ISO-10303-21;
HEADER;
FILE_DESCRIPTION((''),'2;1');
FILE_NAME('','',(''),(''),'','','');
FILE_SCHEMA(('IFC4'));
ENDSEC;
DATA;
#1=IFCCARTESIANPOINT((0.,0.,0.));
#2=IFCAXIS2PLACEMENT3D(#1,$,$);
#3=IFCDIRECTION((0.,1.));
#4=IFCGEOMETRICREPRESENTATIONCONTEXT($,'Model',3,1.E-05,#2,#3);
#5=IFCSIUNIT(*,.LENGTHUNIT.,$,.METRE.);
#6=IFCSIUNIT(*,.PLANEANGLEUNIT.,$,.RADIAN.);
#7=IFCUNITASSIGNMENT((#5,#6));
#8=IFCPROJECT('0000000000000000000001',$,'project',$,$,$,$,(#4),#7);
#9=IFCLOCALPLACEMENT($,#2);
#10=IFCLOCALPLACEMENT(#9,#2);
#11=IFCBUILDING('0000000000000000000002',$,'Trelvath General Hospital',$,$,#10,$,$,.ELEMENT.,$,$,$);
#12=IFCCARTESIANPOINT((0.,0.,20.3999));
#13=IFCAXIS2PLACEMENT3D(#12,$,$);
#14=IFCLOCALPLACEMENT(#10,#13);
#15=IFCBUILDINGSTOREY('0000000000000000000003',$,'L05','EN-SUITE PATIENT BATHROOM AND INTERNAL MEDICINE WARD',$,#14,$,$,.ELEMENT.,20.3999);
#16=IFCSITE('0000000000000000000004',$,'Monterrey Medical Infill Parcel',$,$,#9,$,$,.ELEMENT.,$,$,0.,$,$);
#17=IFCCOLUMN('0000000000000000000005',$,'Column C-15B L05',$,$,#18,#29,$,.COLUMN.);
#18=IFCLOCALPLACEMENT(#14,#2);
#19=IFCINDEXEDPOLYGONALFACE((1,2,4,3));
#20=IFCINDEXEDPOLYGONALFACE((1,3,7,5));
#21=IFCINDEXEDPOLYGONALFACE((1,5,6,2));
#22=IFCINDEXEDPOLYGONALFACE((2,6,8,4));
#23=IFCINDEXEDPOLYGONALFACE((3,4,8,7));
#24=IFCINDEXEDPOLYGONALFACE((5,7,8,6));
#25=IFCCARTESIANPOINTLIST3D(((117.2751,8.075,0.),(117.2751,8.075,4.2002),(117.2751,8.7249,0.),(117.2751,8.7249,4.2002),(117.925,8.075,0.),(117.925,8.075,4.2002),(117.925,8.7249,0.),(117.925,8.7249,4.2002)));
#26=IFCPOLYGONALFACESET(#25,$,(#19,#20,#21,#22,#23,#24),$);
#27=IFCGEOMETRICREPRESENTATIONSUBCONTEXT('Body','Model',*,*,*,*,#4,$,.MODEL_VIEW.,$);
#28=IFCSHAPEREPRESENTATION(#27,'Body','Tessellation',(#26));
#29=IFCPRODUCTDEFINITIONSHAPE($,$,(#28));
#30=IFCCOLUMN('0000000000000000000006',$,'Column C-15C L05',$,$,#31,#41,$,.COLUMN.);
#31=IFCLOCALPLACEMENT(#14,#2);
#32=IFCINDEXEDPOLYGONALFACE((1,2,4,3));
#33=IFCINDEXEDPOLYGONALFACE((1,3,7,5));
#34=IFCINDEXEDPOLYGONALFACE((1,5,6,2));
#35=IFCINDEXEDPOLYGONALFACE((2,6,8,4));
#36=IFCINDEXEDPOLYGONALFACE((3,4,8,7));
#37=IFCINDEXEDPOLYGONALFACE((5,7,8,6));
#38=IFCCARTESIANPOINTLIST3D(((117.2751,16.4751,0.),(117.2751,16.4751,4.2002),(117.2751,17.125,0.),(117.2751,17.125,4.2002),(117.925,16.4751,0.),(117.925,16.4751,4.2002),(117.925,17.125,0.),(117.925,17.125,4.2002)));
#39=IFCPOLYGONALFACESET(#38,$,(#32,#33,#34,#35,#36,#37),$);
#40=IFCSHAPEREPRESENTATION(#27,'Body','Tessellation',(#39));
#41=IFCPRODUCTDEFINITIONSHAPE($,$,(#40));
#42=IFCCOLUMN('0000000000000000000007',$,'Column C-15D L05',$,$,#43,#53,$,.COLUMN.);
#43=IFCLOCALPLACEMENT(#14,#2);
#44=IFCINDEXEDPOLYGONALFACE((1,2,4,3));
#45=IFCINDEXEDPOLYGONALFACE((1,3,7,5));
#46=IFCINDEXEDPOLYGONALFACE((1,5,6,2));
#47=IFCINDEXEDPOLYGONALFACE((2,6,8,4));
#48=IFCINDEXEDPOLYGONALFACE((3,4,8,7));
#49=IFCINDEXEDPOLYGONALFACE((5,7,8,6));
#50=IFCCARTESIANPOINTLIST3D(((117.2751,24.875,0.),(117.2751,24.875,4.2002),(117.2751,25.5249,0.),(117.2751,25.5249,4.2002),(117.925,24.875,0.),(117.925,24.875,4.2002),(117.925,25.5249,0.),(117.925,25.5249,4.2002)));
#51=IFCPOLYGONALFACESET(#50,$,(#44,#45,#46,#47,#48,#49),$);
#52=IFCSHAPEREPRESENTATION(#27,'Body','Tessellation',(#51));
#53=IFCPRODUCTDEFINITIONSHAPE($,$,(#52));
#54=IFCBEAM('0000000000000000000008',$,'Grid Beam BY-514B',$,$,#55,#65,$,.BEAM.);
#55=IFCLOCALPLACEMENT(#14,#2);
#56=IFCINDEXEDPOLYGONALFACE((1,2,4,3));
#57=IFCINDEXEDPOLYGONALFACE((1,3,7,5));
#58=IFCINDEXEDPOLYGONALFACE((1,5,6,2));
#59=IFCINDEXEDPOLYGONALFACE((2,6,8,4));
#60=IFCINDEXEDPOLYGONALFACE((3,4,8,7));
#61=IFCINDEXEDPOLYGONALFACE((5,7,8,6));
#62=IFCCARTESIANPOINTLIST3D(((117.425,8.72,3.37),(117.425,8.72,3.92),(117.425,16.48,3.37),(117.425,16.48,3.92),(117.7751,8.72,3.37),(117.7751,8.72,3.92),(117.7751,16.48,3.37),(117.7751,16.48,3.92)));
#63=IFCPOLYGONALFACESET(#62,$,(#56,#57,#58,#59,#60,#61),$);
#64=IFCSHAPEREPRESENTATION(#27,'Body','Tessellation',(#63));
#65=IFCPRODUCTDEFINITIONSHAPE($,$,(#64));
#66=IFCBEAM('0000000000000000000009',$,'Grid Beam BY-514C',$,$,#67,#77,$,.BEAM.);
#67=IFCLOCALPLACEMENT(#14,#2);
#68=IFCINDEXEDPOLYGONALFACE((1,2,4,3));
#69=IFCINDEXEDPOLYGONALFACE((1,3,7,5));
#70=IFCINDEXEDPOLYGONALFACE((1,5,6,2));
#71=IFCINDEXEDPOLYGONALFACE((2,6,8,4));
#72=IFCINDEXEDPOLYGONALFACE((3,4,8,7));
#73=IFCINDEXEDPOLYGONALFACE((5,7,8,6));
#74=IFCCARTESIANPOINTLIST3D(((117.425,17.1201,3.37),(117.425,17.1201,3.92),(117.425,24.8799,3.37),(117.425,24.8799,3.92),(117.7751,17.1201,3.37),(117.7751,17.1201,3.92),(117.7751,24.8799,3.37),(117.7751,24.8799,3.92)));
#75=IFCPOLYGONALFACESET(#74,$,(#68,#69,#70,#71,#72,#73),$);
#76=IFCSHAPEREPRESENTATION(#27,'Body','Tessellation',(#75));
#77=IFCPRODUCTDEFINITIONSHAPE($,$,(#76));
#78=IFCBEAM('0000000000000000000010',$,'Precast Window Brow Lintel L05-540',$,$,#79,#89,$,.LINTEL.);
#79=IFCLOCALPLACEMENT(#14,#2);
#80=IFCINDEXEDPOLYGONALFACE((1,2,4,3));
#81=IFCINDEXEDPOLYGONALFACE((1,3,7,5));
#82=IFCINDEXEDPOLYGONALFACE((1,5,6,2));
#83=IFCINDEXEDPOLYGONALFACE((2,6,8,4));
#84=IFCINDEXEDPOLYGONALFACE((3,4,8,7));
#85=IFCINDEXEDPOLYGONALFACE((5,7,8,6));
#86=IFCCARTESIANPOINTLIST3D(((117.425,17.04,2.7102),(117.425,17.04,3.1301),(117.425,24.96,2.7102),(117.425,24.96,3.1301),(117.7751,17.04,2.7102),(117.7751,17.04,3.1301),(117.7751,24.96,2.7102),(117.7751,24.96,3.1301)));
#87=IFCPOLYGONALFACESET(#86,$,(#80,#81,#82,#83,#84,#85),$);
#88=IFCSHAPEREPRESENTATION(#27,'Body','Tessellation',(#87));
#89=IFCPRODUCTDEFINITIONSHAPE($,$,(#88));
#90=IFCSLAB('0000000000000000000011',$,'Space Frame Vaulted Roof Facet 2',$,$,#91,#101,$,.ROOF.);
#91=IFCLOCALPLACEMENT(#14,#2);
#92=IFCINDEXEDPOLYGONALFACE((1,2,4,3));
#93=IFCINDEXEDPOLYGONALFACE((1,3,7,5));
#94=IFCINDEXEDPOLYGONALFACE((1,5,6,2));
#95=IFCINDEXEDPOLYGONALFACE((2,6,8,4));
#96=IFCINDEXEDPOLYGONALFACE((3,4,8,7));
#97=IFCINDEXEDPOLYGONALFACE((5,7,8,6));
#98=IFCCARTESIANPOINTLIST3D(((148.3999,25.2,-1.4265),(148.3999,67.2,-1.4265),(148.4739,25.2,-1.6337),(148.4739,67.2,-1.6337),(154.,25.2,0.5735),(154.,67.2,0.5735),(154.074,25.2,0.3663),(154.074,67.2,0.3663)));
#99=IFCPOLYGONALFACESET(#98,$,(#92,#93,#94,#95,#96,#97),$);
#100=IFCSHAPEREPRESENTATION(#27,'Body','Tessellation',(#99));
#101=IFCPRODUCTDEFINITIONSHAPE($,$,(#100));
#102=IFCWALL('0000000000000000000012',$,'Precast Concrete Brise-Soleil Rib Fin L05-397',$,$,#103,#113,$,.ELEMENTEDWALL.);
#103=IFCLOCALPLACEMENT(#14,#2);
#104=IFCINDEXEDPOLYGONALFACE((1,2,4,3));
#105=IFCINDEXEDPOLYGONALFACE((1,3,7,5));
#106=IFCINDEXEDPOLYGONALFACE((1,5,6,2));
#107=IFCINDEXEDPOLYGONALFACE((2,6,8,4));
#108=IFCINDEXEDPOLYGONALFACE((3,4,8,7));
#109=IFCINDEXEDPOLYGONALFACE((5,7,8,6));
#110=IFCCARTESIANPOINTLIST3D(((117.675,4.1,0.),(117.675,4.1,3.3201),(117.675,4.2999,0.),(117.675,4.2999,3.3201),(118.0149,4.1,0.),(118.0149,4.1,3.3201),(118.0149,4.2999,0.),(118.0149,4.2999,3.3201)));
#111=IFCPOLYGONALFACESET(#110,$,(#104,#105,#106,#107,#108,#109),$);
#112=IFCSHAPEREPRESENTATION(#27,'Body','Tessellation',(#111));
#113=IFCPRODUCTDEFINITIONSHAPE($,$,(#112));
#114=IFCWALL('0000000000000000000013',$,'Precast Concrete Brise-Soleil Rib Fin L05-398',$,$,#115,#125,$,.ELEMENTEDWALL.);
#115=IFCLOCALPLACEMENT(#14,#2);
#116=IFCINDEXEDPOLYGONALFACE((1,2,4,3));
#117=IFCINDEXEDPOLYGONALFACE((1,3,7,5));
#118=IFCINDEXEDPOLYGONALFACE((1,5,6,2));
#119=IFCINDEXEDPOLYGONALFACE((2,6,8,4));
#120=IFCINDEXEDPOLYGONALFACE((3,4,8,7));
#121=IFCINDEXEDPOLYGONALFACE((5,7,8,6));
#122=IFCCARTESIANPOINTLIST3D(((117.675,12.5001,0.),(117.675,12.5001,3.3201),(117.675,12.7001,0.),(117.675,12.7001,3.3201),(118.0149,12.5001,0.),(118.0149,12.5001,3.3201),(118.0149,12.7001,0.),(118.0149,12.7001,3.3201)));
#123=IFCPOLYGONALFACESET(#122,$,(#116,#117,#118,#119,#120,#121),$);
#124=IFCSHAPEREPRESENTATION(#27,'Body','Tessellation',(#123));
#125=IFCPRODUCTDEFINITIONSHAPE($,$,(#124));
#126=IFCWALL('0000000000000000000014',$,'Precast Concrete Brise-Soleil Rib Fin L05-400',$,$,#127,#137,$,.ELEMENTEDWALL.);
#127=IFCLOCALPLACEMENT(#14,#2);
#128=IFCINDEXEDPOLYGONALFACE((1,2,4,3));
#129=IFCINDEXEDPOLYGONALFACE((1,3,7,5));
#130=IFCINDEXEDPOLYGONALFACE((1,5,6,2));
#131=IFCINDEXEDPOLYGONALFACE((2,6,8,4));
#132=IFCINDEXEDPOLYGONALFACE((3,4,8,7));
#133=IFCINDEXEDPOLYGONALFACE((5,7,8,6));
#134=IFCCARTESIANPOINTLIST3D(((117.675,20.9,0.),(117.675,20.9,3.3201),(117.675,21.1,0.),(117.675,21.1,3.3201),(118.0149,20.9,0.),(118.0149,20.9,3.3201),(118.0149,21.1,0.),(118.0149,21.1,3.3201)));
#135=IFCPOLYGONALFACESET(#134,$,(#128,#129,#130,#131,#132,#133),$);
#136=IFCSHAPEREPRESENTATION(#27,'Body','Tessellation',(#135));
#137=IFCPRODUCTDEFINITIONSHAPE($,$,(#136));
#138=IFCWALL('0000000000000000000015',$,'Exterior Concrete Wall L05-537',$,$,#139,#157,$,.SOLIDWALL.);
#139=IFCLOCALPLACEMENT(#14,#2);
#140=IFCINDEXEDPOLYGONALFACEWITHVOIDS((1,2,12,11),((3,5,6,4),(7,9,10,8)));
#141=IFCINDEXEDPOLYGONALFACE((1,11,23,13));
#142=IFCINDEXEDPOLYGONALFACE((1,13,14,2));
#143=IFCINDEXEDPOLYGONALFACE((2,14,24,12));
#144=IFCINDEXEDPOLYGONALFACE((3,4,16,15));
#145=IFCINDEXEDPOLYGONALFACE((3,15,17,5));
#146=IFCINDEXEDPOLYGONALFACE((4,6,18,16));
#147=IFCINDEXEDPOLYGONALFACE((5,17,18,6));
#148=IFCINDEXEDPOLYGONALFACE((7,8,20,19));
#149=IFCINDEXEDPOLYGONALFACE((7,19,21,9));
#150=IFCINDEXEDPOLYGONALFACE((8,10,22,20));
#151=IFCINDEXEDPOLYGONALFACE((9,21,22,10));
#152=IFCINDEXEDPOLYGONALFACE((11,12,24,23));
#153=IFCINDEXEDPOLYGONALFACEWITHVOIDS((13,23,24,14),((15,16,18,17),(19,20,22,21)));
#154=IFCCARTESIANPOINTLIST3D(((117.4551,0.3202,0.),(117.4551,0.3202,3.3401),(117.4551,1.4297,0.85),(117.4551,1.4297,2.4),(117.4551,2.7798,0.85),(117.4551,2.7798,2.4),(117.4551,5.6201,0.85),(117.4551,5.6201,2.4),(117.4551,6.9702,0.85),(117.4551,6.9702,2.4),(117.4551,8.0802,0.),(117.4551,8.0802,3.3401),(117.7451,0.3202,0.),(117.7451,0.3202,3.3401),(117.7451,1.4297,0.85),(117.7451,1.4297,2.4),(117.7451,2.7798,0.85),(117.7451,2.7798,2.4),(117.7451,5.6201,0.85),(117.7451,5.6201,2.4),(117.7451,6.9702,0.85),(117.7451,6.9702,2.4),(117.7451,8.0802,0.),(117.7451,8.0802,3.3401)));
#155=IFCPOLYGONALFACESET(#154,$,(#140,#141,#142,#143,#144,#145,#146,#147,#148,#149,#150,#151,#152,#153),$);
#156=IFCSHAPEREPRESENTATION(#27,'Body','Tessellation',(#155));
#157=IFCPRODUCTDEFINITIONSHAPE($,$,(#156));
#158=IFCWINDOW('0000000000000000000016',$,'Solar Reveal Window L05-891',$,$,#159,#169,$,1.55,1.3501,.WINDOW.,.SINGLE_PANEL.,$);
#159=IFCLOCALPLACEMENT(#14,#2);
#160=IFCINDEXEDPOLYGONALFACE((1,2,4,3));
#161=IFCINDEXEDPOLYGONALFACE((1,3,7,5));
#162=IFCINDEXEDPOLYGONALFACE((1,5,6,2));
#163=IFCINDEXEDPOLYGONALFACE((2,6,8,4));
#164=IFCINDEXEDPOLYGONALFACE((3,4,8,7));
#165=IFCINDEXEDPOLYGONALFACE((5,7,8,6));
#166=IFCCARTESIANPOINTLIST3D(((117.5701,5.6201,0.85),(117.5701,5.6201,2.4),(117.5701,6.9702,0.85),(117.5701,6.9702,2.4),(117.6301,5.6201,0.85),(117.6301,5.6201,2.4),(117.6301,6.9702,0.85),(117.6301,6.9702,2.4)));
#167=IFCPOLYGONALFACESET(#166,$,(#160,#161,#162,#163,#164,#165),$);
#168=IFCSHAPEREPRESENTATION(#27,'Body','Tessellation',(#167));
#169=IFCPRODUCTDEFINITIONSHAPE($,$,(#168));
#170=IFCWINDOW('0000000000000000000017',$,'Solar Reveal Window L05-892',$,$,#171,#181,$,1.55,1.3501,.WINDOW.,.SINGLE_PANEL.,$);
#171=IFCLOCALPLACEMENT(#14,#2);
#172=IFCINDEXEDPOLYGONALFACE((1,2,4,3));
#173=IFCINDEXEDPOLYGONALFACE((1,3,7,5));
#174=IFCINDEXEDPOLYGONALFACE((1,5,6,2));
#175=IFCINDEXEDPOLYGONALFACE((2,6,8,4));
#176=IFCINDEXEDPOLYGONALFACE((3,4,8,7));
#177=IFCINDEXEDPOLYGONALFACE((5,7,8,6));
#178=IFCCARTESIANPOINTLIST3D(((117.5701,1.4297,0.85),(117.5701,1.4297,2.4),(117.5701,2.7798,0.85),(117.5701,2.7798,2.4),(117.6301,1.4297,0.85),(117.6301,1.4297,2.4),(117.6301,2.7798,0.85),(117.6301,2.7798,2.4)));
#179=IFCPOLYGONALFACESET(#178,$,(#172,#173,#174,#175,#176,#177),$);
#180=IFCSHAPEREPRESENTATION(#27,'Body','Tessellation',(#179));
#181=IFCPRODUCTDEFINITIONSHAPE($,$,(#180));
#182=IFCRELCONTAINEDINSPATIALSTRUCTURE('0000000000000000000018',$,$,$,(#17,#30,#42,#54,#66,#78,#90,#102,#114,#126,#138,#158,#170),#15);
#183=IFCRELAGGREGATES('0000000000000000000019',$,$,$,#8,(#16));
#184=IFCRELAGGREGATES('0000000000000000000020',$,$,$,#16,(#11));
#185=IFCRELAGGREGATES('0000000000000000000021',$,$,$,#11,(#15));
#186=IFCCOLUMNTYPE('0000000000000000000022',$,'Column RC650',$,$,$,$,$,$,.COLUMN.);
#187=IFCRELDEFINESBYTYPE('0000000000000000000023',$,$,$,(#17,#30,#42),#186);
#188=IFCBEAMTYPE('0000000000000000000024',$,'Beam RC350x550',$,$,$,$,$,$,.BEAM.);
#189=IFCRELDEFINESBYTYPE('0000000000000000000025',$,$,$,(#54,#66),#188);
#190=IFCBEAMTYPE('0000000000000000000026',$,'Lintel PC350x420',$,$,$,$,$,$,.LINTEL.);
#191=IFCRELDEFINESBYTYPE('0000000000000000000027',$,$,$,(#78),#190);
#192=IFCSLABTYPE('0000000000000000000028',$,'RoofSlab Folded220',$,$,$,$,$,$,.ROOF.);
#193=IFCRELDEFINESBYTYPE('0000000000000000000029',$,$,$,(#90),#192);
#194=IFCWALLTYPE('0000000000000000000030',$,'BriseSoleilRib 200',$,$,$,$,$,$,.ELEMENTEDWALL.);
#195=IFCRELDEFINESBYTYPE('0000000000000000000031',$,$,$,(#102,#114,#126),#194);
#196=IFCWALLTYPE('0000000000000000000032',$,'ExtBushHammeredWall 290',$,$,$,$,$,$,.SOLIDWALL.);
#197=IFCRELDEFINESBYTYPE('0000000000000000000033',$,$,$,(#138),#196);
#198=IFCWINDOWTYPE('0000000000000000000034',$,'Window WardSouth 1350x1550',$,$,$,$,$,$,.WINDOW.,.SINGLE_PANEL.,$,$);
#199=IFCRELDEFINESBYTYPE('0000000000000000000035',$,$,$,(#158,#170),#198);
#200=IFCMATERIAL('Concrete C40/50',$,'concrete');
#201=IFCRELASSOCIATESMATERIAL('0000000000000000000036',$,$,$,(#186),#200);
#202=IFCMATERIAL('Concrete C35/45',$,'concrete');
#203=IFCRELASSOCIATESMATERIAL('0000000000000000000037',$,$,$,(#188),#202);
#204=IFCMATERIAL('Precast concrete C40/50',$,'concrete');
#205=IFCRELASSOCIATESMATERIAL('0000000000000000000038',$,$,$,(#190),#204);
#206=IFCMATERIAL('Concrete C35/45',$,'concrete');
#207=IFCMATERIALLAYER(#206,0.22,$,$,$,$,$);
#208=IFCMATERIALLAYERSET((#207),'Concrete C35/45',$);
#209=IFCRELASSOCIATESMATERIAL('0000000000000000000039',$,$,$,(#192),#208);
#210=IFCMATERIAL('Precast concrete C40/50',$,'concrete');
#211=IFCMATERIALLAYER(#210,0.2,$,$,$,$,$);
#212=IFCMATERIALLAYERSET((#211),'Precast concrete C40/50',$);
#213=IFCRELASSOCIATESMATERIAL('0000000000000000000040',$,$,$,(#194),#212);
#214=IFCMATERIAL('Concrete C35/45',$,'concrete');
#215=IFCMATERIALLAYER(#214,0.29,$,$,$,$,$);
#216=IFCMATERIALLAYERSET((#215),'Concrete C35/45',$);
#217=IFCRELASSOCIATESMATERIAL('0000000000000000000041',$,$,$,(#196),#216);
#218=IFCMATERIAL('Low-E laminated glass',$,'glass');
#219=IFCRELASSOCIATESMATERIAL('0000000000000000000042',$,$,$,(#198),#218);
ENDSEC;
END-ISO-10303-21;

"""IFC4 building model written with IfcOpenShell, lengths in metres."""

from ifc_helpers import new_model, si_unit, direction, frame, frame_2d, origin, origin_2d, place, context, subcontext, project, spatial, polyline, rectangle, outline, extrude, material, layer, layer_set, material_profile, profile_set, type_object, element, fill, save


model = new_model("IFC4")

# Units and contexts
model_context = context("Model", 3, precision=1e-05, world=origin(), true_north=direction((0.0, 1.0)))
body_context = subcontext(model_context, "Body", "Model", "MODEL_VIEW")
ifc_project = project(units=[si_unit("LENGTHUNIT", "METRE"), si_unit("PLANEANGLEUNIT", "RADIAN")], contexts=[model_context])

# Site, building, storey
site_placement = place(None, origin())
site = spatial("IfcSite", under=ifc_project, at=site_placement, Name="Monterrey Medical Infill Parcel", CompositionType="ELEMENT", RefElevation=0.0)
building_placement = place(site_placement, origin())
building = spatial("IfcBuilding", under=site, at=building_placement, Name="Trelvath General Hospital", CompositionType="ELEMENT")
storey_placement = place(building_placement, frame((0.0, 0.0, 20.3999)))
storey = spatial("IfcBuildingStorey", under=building, at=storey_placement, Name="L05", Description="EN-SUITE PATIENT BATHROOM AND INTERNAL MEDICINE WARD", CompositionType="ELEMENT", Elevation=20.3999)

# Columns
ifc_material_1 = material(Name="Concrete C40/50", Category="concrete")
ifc_material_profile_1 = material_profile(ifc_material_1, rectangle(XDim=0.6499, YDim=0.6499, at=origin_2d()), Name="RC650x650")
ifc_profile_set_1 = profile_set([ifc_material_profile_1], Name="Concrete C40/50")
column_type = type_object("IfcColumnType", Name="Column RC650", PredefinedType="COLUMN", material=ifc_profile_set_1)
for number, where, z_axis, x_axis, name in (
    (1, (117.6001, 8.3999, 0.0), (0.0, 0.0, 1.0), (1.0, 0.0, 0.0), "Column C-15B L05"),
    (2, (117.6001, 16.8, 0.0), (0.0, 0.0, 1.0), (1.0, 0.0, 0.0), "Column C-15C L05"),
    (3, (117.6001, 25.2, 0.0), (0.0, 0.0, 1.0), (1.0, 0.0, 0.0), "Column C-15D L05"),
):
    element("IfcColumn", number, at=place(storey_placement, frame(where, z_axis=z_axis, x_axis=x_axis)), inside=storey, type_object=column_type, Name=name, PredefinedType="COLUMN", context=body_context, shape_type="SweptSolid", body=[
        extrude(rectangle(XDim=0.6499, YDim=0.6499, at=origin_2d()), origin(), (0.0, 0.0, 1.0), 4.2002),
    ])

# Beams
ifc_material_2 = material(Name="Concrete C35/45", Category="concrete")
ifc_material_profile_2 = material_profile(ifc_material_2, rectangle(XDim=0.3501, YDim=0.55, at=origin_2d()), Name="RCB350x550")
ifc_profile_set_2 = profile_set([ifc_material_profile_2], Name="Concrete C35/45")
beam_type_1 = type_object("IfcBeamType", Name="Beam RC350x550", PredefinedType="BEAM", material=ifc_profile_set_2)
beam_1_placement = place(storey_placement, frame((117.6001, 8.72, 3.645), z_axis=(0.0, 1.0, 0.0), x_axis=(-1.0, 0.0, 0.0)))
element("IfcBeam", 4, at=beam_1_placement, inside=storey, type_object=beam_type_1, Name="Grid Beam BY-514B", PredefinedType="BEAM", context=body_context, shape_type="SweptSolid", body=[
    extrude(rectangle(XDim=0.3501, YDim=0.55, at=origin_2d()), origin(), (0.0, 0.0, 1.0), 7.76),
])
beam_2_placement = place(storey_placement, frame((117.6001, 17.1201, 3.645), z_axis=(0.0, 1.0, 0.0), x_axis=(-1.0, 0.0, 0.0)))
element("IfcBeam", 5, at=beam_2_placement, inside=storey, type_object=beam_type_1, Name="Grid Beam BY-514C", PredefinedType="BEAM", context=body_context, shape_type="SweptSolid", body=[
    extrude(rectangle(XDim=0.3501, YDim=0.55, at=origin_2d()), origin(), (0.0, 0.0, 1.0), 7.7598),
])
ifc_material_3 = material(Name="Precast concrete C40/50", Category="concrete")
ifc_material_profile_3 = material_profile(ifc_material_3, rectangle(XDim=0.3501, YDim=0.4199, at=origin_2d()), Name="PCL350x420")
ifc_profile_set_3 = profile_set([ifc_material_profile_3], Name="Precast concrete C40/50")
beam_type_2 = type_object("IfcBeamType", Name="Lintel PC350x420", PredefinedType="LINTEL", material=ifc_profile_set_3)
beam_3_placement = place(storey_placement, frame((117.6001, 24.96, 2.9202), z_axis=(0.0, -1.0, 0.0), x_axis=(1.0, 0.0, 0.0)))
element("IfcBeam", 6, at=beam_3_placement, inside=storey, type_object=beam_type_2, Name="Precast Window Brow Lintel L05-540", PredefinedType="LINTEL", context=body_context, shape_type="SweptSolid", body=[
    extrude(rectangle(XDim=0.3501, YDim=0.4199, at=origin_2d()), origin(), (0.0, 0.0, 1.0), 7.9199),
])

# Slab
ifc_material_4 = material(Name="Concrete C35/45", Category="concrete")
ifc_layer_1 = layer(ifc_material_4, 0.22)
ifc_layer_set_1 = layer_set([ifc_layer_1], Name="Concrete C35/45")
slab_type = type_object("IfcSlabType", Name="RoofSlab Folded220", PredefinedType="ROOF", material=ifc_layer_set_1)
slab_placement = place(storey_placement, frame((148.3999, 25.2, -1.4265), z_axis=(-0.336331, 0.0, 0.941744), x_axis=(0.941744, 0.0, 0.336331)))
element("IfcSlab", 7, at=slab_placement, inside=storey, type_object=slab_type, Name="Space Frame Vaulted Roof Facet 2", PredefinedType="ROOF", context=body_context, shape_type="SweptSolid", body=[
    extrude(outline(polyline([(0.0, 0.0), (5.9465, 0.0), (5.9465, 42.0), (0.0, 42.0), (0.0, 0.0)])), origin(), (0.0, 0.0, -1.0), 0.22),
])

# Walls
ifc_material_5 = material(Name="Precast concrete C40/50", Category="concrete")
ifc_layer_2 = layer(ifc_material_5, 0.2)
ifc_layer_set_2 = layer_set([ifc_layer_2], Name="Precast concrete C40/50")
wall_type_1 = type_object("IfcWallType", Name="BriseSoleilRib 200", PredefinedType="ELEMENTEDWALL", material=ifc_layer_set_2)
for number, where, z_axis, x_axis, name in (
    (8, (117.675, 4.2, 0.0), (0.0, 0.0, 1.0), (1.0, 0.0, 0.0), "Precast Concrete Brise-Soleil Rib Fin L05-397"),
    (9, (117.675, 12.6001, 0.0), (0.0, 0.0, 1.0), (1.0, 0.0, 0.0), "Precast Concrete Brise-Soleil Rib Fin L05-398"),
    (10, (117.675, 21.0, 0.0), (0.0, 0.0, 1.0), (1.0, 0.0, 0.0), "Precast Concrete Brise-Soleil Rib Fin L05-400"),
):
    element("IfcWall", number, at=place(storey_placement, frame(where, z_axis=z_axis, x_axis=x_axis)), inside=storey, type_object=wall_type_1, Name=name, PredefinedType="ELEMENTEDWALL", context=body_context, shape_type="SweptSolid", body=[
        extrude(rectangle(XDim=0.3398, YDim=0.2, at=frame_2d((0.1699, 0.0))), origin(), (0.0, 0.0, 1.0), 3.3201),
    ])

# Wall, openings, windows
ifc_material_6 = material(Name="Concrete C35/45", Category="concrete")
ifc_layer_3 = layer(ifc_material_6, 0.29)
ifc_layer_set_3 = layer_set([ifc_layer_3], Name="Concrete C35/45")
wall_type_2 = type_object("IfcWallType", Name="ExtBushHammeredWall 290", PredefinedType="SOLIDWALL", material=ifc_layer_set_3)
wall_1_placement = place(storey_placement, frame((117.6001, 8.0801, 0.0), z_axis=(0.0, 0.0, 1.0), x_axis=(0.0, -1.0, 0.0)))
wall_1 = element("IfcWall", 11, at=wall_1_placement, inside=storey, type_object=wall_type_2, Name="Exterior Concrete Wall L05-537", PredefinedType="SOLIDWALL", context=body_context, shape_type="SweptSolid", body=[
    extrude(rectangle(XDim=7.76, YDim=0.29, at=frame_2d((3.8799, 0.0))), origin(), (0.0, 0.0, 1.0), 3.3401),
])
opening_1_placement = place(wall_1_placement, frame((1.1099, 0.0, 0.8501)))
opening_1 = element("IfcOpeningElement", 12, at=opening_1_placement, cuts=wall_1, PredefinedType="OPENING", context=body_context, shape_type="SweptSolid", body=[
    extrude(rectangle(XDim=1.3501, YDim=1.55, at=frame_2d((0.675, 0.7749))), frame((0.0, 0.155, 0.0), z_axis=(0.0, -1.0, 0.0), x_axis=(1.0, 0.0, 0.0)), (0.0, 0.0, 1.0), 0.3101),
])
opening_2_placement = place(wall_1_placement, frame((5.3003, 0.0, 0.8501)))
opening_2 = element("IfcOpeningElement", 13, at=opening_2_placement, cuts=wall_1, PredefinedType="OPENING", context=body_context, shape_type="SweptSolid", body=[
    extrude(rectangle(XDim=1.3501, YDim=1.55, at=frame_2d((0.675, 0.7749))), frame((0.0, 0.155, 0.0), z_axis=(0.0, -1.0, 0.0), x_axis=(1.0, 0.0, 0.0)), (0.0, 0.0, 1.0), 0.3101),
])
ifc_material_7 = material(Name="Low-E laminated glass", Category="glass")
window_type_1 = type_object("IfcWindowType", Name="Window WardSouth 1350x1550", PartitioningType="SINGLE_PANEL", PredefinedType="WINDOW", material=ifc_material_7)
window_1_placement = place(opening_1_placement, origin())
window_1 = element("IfcWindow", 14, at=window_1_placement, inside=storey, type_object=window_type_1, Name="Solar Reveal Window L05-891", OverallHeight=1.55, OverallWidth=1.3501, PartitioningType="SINGLE_PANEL", PredefinedType="WINDOW", context=body_context, shape_type="SweptSolid", body=[
    extrude(rectangle(XDim=1.3501, YDim=1.55, at=frame_2d((0.675, 0.7749))), frame((0.0, 0.03, 0.0), z_axis=(0.0, -1.0, 0.0), x_axis=(1.0, 0.0, 0.0)), (0.0, 0.0, 1.0), 0.0601),
])
fill(opening_1, window_1)
window_2_placement = place(opening_2_placement, origin())
window_2 = element("IfcWindow", 15, at=window_2_placement, inside=storey, type_object=window_type_1, Name="Solar Reveal Window L05-892", OverallHeight=1.55, OverallWidth=1.3501, PartitioningType="SINGLE_PANEL", PredefinedType="WINDOW", context=body_context, shape_type="SweptSolid", body=[
    extrude(rectangle(XDim=1.3501, YDim=1.55, at=frame_2d((0.675, 0.7749))), frame((0.0, 0.03, 0.0), z_axis=(0.0, -1.0, 0.0), x_axis=(1.0, 0.0, 0.0)), (0.0, 0.0, 1.0), 0.0601),
])
fill(opening_2, window_2)

save(model, "model.ifc")
